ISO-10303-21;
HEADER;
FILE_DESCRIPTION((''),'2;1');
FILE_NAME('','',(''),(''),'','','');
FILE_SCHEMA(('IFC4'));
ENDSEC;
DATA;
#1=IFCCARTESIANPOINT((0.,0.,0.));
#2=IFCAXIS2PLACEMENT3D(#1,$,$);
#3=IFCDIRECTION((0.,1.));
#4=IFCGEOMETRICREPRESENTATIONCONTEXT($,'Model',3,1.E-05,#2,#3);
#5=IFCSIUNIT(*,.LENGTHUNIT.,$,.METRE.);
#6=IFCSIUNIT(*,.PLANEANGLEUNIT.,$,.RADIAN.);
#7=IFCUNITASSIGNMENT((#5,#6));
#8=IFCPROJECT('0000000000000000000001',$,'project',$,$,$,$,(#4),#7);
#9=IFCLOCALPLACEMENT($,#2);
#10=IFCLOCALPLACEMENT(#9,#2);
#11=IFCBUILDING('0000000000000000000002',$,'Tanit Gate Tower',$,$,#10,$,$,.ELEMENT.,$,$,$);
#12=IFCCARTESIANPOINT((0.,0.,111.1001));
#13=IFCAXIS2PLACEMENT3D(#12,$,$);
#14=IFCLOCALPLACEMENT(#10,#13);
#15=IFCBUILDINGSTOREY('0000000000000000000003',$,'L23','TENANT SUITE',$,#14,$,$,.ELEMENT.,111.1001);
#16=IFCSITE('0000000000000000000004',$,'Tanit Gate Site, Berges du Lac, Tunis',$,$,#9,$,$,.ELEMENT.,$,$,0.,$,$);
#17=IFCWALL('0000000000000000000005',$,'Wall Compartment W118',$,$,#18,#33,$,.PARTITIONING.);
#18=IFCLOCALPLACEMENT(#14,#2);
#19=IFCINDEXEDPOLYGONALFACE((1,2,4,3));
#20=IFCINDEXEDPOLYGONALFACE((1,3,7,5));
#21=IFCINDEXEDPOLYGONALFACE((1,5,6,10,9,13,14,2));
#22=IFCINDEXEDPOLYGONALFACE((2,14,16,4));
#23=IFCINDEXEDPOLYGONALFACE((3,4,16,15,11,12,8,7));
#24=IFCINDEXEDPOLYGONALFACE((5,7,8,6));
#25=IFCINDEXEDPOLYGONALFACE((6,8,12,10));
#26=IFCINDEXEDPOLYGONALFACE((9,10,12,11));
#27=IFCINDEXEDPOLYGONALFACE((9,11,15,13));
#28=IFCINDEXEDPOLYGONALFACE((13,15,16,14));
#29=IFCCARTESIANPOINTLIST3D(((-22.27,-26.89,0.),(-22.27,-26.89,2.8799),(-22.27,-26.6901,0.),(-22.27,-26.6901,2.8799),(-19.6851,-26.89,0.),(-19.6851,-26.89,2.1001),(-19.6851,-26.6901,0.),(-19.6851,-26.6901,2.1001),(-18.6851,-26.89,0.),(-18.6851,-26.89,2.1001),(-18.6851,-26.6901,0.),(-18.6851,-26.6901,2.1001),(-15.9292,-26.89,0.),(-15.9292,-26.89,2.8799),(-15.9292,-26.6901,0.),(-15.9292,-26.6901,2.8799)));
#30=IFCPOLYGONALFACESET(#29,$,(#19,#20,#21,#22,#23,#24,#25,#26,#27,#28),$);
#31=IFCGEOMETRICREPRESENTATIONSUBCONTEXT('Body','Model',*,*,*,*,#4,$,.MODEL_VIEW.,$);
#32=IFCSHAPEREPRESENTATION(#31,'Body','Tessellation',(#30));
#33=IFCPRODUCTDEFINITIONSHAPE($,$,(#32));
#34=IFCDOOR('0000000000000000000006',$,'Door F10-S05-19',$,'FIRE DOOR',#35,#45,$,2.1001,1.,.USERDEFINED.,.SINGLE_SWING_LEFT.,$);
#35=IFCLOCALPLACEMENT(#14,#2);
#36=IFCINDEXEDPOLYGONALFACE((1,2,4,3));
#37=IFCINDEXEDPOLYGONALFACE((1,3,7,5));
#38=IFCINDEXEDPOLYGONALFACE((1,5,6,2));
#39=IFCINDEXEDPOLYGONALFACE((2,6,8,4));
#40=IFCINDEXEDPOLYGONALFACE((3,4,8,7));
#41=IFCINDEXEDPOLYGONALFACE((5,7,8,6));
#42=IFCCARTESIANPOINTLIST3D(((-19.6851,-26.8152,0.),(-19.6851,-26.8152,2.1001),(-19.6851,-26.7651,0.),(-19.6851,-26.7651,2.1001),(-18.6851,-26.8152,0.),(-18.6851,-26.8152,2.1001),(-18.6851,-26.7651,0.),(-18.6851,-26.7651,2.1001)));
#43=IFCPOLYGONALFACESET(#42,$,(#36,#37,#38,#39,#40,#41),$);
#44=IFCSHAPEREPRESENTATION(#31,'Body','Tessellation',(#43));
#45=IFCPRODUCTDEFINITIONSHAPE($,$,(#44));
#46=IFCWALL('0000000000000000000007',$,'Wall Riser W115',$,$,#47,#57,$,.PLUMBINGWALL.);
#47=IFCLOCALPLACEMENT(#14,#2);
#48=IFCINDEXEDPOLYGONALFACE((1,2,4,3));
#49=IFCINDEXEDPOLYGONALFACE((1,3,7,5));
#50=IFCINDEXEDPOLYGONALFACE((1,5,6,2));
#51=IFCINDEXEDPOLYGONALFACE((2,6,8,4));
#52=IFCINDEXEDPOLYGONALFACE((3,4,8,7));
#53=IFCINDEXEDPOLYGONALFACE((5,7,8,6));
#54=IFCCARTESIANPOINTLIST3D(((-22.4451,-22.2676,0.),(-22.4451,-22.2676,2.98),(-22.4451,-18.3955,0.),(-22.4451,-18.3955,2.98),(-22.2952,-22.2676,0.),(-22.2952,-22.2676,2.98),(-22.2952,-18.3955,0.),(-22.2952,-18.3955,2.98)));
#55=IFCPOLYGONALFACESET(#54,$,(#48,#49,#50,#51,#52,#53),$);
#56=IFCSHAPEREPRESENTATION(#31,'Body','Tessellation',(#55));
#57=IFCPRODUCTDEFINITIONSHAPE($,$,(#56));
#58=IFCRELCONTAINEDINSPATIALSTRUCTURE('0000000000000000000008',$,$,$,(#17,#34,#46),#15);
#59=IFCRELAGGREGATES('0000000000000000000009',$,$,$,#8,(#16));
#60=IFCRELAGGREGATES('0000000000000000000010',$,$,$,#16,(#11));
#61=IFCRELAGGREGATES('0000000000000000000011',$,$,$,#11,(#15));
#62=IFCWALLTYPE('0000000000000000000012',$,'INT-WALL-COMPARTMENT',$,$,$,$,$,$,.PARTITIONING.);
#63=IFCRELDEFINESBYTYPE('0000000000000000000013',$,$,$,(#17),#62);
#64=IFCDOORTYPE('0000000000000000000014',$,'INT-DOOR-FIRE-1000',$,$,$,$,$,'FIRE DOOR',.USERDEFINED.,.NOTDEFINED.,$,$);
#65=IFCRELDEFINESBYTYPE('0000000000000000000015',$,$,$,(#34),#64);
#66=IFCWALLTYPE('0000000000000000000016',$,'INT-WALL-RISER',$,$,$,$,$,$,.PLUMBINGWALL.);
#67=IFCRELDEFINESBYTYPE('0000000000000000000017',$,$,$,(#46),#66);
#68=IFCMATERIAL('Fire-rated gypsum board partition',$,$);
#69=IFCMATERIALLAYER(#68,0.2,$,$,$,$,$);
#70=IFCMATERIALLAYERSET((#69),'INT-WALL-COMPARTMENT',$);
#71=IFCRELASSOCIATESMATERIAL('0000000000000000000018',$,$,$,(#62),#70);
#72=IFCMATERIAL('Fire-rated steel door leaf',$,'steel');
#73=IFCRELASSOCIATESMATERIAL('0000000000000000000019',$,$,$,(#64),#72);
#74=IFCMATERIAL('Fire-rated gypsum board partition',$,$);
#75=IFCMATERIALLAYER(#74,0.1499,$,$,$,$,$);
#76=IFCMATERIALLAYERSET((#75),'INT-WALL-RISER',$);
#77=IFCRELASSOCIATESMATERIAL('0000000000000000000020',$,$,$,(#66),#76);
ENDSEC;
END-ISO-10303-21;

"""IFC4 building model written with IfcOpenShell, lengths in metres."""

from ifc_helpers import new_model, si_unit, direction, frame, frame_2d, origin, place, context, subcontext, project, spatial, rectangle, extrude, material, layer, layer_set, type_object, element, fill, save


model = new_model("IFC4")

# Units and contexts
model_context = context("Model", 3, precision=1e-05, world=origin(), true_north=direction((0.0, 1.0)))
body_context = subcontext(model_context, "Body", "Model", "MODEL_VIEW")
ifc_project = project(units=[si_unit("LENGTHUNIT", "METRE"), si_unit("PLANEANGLEUNIT", "RADIAN")], contexts=[model_context])

# Site, building, storey
site_placement = place(None, origin())
site = spatial("IfcSite", under=ifc_project, at=site_placement, Name="Tanit Gate Site, Berges du Lac, Tunis", CompositionType="ELEMENT", RefElevation=0.0)
building_placement = place(site_placement, origin())
building = spatial("IfcBuilding", under=site, at=building_placement, Name="Tanit Gate Tower", CompositionType="ELEMENT")
storey_placement = place(building_placement, frame((0.0, 0.0, 111.1001)))
storey = spatial("IfcBuildingStorey", under=building, at=storey_placement, Name="L23", Description="TENANT SUITE", CompositionType="ELEMENT", Elevation=111.1001)

# Shared definitions
ifc_material_1 = material(Name="Fire-rated gypsum board partition")
ifc_layer_1 = layer(ifc_material_1, 0.2)
ifc_layer_set_1 = layer_set([ifc_layer_1], Name="INT-WALL-COMPARTMENT")
wall_type_1 = type_object("IfcWallType", Name="INT-WALL-COMPARTMENT", PredefinedType="PARTITIONING", material=ifc_layer_set_1)

# Wall, opening, door
wall_1_placement = place(storey_placement, frame((-22.27, -26.79, 0.0), z_axis=(0.0, 0.0, 1.0), x_axis=(1.0, 0.0, 0.0)))
wall_1 = element("IfcWall", 1, at=wall_1_placement, inside=storey, type_object=wall_type_1, Name="Wall Compartment W118", PredefinedType="PARTITIONING", context=body_context, shape_type="SweptSolid", body=[
    extrude(rectangle(XDim=6.3408, YDim=0.2, at=frame_2d((3.1704, 0.0))), origin(), (0.0, 0.0, 1.0), 2.8799),
])
opening_placement = place(wall_1_placement, frame((2.585, 0.0, 0.0)))
opening = element("IfcOpeningElement", 2, at=opening_placement, cuts=wall_1, PredefinedType="OPENING", context=body_context, shape_type="SweptSolid", body=[
    extrude(rectangle(XDim=1.0, YDim=2.1001, at=frame_2d((0.5, 1.05))), frame((0.0, 0.1099, 0.0), z_axis=(0.0, -1.0, 0.0), x_axis=(1.0, 0.0, 0.0)), (0.0, 0.0, 1.0), 0.22),
])
ifc_material_2 = material(Name="Fire-rated steel door leaf", Category="steel")
door_type = type_object("IfcDoorType", Name="INT-DOOR-FIRE-1000", ElementType="FIRE DOOR", OperationType="NOTDEFINED", PredefinedType="USERDEFINED", material=ifc_material_2)
door_placement = place(opening_placement, origin())
door = element("IfcDoor", 3, at=door_placement, inside=storey, type_object=door_type, Name="Door F10-S05-19", ObjectType="FIRE DOOR", OperationType="SINGLE_SWING_LEFT", OverallHeight=2.1001, OverallWidth=1.0, PredefinedType="USERDEFINED", context=body_context, shape_type="SweptSolid", body=[
    extrude(rectangle(XDim=1.0, YDim=2.1001, at=frame_2d((0.5, 1.05))), frame((0.0, 0.0249, 0.0), z_axis=(0.0, -1.0, 0.0), x_axis=(1.0, 0.0, 0.0)), (0.0, 0.0, 1.0), 0.05),
])
fill(opening, door)

# Wall
ifc_material_3 = material(Name="Fire-rated gypsum board partition")
ifc_layer_2 = layer(ifc_material_3, 0.1499)
ifc_layer_set_2 = layer_set([ifc_layer_2], Name="INT-WALL-RISER")
wall_type_2 = type_object("IfcWallType", Name="INT-WALL-RISER", PredefinedType="PLUMBINGWALL", material=ifc_layer_set_2)
wall_2_placement = place(storey_placement, frame((-22.3701, -22.2676, 0.0), z_axis=(0.0, 0.0, 1.0), x_axis=(0.0, 1.0, 0.0)))
element("IfcWall", 4, at=wall_2_placement, inside=storey, type_object=wall_type_2, Name="Wall Riser W115", PredefinedType="PLUMBINGWALL", context=body_context, shape_type="SweptSolid", body=[
    extrude(rectangle(XDim=3.8721, YDim=0.1499, at=frame_2d((1.936, 0.0))), origin(), (0.0, 0.0, 1.0), 2.98),
])

save(model, "model.ifc")
